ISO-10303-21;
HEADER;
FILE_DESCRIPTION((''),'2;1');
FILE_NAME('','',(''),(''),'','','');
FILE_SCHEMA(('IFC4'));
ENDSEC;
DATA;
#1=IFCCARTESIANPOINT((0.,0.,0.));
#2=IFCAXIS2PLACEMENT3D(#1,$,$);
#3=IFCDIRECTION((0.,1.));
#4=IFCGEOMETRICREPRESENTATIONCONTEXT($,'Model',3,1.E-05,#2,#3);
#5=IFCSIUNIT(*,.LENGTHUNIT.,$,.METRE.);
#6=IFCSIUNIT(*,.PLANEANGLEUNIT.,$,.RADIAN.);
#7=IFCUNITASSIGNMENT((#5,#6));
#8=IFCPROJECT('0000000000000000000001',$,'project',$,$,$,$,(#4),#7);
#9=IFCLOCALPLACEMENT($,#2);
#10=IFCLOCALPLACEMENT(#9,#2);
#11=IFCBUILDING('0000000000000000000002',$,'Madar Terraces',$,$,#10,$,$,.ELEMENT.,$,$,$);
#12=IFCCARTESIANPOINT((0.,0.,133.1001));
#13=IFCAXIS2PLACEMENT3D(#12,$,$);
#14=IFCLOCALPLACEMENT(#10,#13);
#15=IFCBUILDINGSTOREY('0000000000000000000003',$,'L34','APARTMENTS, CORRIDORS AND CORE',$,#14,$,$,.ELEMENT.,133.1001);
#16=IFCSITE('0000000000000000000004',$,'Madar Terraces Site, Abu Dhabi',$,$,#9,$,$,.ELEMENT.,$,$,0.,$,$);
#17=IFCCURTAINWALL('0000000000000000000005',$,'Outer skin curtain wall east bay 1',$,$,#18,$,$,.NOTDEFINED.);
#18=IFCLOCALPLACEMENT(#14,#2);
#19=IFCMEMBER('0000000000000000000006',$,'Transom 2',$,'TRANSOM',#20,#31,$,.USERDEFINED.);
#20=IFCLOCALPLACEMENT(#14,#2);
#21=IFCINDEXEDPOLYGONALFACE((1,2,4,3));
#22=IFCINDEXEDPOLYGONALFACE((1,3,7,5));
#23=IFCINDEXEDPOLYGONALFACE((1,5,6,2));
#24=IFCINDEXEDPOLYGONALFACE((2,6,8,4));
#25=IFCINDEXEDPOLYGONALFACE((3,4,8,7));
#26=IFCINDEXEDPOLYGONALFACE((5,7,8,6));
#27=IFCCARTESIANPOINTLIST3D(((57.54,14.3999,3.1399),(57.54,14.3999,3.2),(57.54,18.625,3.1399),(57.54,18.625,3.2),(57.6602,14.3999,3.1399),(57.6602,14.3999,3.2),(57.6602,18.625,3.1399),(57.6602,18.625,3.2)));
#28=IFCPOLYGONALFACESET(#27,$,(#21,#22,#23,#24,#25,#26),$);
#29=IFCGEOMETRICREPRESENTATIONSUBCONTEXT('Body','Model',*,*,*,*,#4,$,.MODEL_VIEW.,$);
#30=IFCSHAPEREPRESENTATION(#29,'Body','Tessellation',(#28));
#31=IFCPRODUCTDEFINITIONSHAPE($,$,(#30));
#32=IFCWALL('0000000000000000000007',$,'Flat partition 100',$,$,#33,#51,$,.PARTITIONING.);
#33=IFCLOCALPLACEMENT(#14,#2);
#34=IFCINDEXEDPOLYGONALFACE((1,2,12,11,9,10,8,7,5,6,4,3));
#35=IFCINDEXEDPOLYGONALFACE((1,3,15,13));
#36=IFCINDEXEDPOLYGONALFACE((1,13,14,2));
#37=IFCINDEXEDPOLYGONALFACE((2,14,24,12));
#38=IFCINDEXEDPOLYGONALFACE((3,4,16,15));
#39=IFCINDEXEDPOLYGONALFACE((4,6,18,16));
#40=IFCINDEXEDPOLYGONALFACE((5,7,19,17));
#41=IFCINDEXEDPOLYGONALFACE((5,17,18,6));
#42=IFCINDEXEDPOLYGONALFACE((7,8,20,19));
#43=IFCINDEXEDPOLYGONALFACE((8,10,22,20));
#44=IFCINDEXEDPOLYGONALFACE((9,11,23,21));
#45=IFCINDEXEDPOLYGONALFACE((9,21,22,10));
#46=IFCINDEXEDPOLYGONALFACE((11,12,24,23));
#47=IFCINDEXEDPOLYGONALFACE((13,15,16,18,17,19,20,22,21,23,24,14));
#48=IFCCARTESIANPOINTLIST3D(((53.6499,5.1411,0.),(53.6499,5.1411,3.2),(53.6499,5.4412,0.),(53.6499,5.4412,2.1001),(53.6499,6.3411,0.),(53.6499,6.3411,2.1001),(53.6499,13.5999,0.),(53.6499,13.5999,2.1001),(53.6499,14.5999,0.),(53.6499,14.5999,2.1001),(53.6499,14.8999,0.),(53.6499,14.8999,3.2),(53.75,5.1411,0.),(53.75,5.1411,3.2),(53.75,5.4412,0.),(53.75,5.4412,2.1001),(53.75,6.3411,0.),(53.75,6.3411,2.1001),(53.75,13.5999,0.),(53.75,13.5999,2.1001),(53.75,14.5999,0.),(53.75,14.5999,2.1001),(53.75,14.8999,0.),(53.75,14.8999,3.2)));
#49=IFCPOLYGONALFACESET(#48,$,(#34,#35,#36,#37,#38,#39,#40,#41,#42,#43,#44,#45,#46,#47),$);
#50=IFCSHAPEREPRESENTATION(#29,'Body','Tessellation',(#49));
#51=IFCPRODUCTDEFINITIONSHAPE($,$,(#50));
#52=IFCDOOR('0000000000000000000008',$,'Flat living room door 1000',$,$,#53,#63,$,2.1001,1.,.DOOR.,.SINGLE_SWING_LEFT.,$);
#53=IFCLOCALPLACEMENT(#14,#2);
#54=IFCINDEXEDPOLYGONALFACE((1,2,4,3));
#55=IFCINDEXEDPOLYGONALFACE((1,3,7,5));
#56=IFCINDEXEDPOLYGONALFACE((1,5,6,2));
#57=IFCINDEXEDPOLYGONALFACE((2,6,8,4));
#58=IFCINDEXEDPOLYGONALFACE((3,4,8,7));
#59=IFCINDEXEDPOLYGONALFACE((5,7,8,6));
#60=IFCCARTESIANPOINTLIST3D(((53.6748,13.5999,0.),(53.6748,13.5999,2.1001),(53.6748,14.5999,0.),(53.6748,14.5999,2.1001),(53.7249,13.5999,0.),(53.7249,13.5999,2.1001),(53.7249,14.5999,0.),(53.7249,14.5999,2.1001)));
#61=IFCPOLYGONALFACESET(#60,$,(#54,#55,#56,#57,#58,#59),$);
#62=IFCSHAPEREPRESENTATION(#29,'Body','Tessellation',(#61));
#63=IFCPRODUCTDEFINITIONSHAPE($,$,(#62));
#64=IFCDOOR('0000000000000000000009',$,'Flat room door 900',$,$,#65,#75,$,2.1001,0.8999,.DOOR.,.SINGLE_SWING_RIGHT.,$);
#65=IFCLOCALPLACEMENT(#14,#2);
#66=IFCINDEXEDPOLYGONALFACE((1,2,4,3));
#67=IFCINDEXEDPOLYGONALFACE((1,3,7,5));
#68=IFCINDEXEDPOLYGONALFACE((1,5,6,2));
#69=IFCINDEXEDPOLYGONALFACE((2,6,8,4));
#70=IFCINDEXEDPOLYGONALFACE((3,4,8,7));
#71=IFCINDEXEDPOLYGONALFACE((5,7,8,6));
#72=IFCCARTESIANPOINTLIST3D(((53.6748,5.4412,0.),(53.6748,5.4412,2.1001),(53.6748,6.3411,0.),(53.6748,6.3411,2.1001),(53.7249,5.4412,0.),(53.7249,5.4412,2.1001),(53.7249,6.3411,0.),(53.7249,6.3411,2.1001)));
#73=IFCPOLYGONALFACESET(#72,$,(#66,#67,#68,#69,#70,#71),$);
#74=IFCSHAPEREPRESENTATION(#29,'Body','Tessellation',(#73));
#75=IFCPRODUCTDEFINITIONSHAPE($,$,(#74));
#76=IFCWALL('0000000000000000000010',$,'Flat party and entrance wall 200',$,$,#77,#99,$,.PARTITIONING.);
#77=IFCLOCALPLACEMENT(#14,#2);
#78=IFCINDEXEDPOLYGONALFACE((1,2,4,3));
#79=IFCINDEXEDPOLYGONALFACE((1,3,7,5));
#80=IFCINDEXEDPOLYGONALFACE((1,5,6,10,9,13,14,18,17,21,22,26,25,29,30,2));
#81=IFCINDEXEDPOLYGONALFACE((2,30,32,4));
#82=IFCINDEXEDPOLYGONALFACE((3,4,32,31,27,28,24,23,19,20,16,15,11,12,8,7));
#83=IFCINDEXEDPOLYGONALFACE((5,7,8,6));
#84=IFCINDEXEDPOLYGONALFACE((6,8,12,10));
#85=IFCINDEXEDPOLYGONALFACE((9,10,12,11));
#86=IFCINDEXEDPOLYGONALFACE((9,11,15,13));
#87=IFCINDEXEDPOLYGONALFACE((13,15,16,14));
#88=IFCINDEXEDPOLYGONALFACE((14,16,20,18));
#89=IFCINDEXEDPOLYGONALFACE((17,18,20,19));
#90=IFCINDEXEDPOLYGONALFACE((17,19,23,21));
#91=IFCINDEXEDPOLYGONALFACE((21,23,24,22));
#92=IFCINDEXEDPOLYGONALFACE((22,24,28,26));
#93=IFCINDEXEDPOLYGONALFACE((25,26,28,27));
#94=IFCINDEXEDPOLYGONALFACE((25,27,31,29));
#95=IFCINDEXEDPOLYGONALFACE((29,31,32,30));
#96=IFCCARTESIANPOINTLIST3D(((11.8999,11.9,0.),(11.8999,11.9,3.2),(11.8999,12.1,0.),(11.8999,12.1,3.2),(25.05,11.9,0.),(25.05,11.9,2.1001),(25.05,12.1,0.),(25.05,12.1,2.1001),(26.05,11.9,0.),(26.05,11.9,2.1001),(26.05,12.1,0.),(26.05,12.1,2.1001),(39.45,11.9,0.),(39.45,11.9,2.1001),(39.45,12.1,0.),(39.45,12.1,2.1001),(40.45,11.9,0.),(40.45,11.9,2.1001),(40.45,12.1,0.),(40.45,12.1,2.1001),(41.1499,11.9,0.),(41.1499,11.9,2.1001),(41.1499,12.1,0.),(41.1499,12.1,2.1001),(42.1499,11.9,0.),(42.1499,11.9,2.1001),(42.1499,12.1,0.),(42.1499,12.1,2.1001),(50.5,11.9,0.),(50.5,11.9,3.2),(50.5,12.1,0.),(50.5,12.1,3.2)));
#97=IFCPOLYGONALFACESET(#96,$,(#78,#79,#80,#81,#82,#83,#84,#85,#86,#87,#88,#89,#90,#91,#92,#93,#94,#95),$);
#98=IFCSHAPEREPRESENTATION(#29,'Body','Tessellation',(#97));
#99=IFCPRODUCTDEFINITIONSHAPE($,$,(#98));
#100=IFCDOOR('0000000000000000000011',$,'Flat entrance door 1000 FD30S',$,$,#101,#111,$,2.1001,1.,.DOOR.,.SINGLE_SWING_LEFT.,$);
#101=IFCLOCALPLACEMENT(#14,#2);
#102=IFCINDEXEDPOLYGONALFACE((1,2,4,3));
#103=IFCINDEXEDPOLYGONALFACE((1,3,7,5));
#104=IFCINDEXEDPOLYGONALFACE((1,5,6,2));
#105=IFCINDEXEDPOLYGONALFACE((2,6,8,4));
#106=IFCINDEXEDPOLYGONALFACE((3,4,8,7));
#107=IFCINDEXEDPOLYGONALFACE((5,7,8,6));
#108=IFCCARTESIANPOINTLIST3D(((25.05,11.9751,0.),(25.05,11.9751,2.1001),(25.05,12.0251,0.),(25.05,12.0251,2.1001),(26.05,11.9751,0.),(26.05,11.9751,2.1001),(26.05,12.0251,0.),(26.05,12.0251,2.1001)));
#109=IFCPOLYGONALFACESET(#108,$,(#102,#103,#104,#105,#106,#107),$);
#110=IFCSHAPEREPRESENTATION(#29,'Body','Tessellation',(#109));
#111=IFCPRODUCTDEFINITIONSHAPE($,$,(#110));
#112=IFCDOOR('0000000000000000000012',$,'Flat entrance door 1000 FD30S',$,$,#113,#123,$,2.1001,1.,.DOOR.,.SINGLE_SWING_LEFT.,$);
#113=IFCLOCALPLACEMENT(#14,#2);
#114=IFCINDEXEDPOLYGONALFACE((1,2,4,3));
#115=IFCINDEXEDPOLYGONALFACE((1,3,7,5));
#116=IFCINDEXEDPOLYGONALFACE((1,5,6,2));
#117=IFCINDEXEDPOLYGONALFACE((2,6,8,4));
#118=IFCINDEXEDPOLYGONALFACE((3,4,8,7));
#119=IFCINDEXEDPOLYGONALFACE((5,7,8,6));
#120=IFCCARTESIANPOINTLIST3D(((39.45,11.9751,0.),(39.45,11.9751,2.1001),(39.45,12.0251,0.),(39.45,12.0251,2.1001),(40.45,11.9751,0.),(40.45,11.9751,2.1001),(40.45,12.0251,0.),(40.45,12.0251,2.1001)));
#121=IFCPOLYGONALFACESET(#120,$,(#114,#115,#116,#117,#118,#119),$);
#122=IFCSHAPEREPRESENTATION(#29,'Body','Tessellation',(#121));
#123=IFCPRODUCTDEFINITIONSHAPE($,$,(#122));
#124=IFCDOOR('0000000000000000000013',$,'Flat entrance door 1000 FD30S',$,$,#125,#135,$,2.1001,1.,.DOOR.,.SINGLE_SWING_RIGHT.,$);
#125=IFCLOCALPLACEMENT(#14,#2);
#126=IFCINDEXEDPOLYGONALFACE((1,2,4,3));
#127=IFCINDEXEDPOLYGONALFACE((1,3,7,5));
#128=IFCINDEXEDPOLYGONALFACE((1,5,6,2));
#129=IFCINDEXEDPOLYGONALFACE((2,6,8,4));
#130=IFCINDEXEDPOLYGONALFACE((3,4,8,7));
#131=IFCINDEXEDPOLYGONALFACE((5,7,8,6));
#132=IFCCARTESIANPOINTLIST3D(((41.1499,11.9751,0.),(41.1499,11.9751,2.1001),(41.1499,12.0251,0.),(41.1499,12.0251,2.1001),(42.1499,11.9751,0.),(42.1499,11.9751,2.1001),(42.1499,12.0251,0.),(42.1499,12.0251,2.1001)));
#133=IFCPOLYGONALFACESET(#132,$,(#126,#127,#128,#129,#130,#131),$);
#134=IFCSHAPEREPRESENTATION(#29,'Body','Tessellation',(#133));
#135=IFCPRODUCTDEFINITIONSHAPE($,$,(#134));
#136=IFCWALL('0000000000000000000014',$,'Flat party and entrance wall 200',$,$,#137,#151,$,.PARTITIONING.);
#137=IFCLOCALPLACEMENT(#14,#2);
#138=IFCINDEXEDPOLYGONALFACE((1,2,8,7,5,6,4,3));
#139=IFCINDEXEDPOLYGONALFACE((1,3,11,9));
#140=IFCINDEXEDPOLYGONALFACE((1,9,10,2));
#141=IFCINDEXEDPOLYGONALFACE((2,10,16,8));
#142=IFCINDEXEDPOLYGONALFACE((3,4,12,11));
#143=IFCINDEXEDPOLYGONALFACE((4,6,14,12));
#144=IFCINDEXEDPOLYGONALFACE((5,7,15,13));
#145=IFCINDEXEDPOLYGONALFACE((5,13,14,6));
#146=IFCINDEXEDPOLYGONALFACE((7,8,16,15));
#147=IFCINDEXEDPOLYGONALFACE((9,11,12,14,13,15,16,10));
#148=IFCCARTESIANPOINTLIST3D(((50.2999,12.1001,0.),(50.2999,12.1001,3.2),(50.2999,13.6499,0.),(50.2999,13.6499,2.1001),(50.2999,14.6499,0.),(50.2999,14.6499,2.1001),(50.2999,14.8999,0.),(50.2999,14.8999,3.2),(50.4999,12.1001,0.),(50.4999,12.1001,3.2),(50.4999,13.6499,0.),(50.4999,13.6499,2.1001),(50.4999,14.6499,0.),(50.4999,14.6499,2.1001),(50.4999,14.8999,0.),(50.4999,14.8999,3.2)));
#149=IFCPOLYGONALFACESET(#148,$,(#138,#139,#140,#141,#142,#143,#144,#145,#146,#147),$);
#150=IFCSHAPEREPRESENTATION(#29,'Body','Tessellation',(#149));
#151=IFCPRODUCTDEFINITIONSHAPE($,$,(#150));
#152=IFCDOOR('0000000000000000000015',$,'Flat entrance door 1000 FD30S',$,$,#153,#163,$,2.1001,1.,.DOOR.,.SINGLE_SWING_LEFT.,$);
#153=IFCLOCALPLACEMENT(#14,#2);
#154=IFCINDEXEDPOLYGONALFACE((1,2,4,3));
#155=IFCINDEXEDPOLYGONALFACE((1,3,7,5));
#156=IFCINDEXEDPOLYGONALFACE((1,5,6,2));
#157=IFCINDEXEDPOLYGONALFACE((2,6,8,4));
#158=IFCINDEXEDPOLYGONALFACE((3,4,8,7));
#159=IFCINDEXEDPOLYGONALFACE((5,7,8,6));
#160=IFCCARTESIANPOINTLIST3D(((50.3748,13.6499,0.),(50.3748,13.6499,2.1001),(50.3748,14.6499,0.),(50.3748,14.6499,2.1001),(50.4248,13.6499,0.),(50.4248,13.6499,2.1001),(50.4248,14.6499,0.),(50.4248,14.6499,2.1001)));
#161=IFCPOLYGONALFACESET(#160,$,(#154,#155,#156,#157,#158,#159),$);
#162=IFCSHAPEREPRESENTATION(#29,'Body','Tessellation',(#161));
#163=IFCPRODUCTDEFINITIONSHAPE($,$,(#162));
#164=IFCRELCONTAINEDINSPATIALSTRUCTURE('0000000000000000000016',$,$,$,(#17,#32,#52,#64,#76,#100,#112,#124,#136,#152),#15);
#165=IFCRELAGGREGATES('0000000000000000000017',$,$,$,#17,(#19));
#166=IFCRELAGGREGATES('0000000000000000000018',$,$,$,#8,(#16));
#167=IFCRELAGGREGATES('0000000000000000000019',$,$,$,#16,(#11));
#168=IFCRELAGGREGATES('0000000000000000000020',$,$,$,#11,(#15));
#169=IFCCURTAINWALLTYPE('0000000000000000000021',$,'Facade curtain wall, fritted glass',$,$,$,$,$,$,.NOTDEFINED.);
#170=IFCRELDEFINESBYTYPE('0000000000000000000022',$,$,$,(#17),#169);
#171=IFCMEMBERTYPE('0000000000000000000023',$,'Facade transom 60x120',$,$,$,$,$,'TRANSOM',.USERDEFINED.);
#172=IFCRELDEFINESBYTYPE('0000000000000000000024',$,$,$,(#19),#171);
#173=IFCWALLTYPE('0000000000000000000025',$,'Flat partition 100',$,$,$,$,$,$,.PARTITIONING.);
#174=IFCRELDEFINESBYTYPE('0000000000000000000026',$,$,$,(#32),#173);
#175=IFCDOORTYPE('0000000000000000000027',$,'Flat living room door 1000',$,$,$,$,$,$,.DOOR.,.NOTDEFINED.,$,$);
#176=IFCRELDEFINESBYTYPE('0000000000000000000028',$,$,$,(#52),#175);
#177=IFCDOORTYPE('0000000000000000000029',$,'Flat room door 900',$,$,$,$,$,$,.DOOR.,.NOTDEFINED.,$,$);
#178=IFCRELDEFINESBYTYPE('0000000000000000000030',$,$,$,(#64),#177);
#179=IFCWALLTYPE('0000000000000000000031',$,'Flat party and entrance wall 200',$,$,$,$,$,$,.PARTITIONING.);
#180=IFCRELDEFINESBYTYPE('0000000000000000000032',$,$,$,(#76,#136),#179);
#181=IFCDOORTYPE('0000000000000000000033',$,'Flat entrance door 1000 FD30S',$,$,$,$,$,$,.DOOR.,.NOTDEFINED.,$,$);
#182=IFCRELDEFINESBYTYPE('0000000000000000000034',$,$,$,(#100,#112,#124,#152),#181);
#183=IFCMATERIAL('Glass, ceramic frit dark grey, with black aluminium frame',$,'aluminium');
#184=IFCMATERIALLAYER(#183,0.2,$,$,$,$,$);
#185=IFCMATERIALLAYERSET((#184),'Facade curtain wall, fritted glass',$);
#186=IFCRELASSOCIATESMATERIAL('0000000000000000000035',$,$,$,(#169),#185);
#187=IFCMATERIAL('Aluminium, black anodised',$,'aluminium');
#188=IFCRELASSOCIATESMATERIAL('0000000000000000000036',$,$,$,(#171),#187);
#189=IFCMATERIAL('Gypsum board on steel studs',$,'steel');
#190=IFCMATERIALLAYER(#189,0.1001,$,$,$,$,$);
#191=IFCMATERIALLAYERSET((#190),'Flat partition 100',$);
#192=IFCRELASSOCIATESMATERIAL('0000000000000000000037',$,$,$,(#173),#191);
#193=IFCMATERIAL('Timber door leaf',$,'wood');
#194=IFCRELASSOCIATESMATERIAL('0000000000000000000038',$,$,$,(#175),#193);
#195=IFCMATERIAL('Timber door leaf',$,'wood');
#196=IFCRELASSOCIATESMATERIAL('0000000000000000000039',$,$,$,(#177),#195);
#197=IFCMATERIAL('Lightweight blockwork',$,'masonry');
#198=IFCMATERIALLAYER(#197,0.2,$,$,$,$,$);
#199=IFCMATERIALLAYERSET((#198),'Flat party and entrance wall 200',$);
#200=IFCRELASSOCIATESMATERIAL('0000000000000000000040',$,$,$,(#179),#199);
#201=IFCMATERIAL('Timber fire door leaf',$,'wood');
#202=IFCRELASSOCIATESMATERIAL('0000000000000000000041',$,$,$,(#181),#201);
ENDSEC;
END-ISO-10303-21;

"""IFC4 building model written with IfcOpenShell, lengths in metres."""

from ifc_helpers import new_model, si_unit, direction, frame, frame_2d, origin, origin_2d, place, context, subcontext, project, spatial, rectangle, extrude, material, layer, layer_set, material_profile, profile_set, type_object, element, fill, aggregate, save


model = new_model("IFC4")

# Units and contexts
model_context = context("Model", 3, precision=1e-05, world=origin(), true_north=direction((0.0, 1.0)))
body_context = subcontext(model_context, "Body", "Model", "MODEL_VIEW")
ifc_project = project(units=[si_unit("LENGTHUNIT", "METRE"), si_unit("PLANEANGLEUNIT", "RADIAN")], contexts=[model_context])

# Site, building, storey
site_placement = place(None, origin())
site = spatial("IfcSite", under=ifc_project, at=site_placement, Name="Madar Terraces Site, Abu Dhabi", CompositionType="ELEMENT", RefElevation=0.0)
building_placement = place(site_placement, origin())
building = spatial("IfcBuilding", under=site, at=building_placement, Name="Madar Terraces", CompositionType="ELEMENT")
storey_placement = place(building_placement, frame((0.0, 0.0, 133.1001)))
storey = spatial("IfcBuildingStorey", under=building, at=storey_placement, Name="L34", Description="APARTMENTS, CORRIDORS AND CORE", CompositionType="ELEMENT", Elevation=133.1001)

# Curtain wall, member
ifc_material_1 = material(Name="Glass, ceramic frit dark grey, with black aluminium frame", Category="aluminium")
ifc_layer_1 = layer(ifc_material_1, 0.2)
ifc_layer_set_1 = layer_set([ifc_layer_1], Name="Facade curtain wall, fritted glass")
curtain_wall_type = type_object("IfcCurtainWallType", Name="Facade curtain wall, fritted glass", PredefinedType="NOTDEFINED", material=ifc_layer_set_1)
curtain_wall_placement = place(storey_placement, origin())
curtain_wall = element("IfcCurtainWall", 1, at=curtain_wall_placement, inside=storey, type_object=curtain_wall_type, Name="Outer skin curtain wall east bay 1", PredefinedType="NOTDEFINED")
ifc_material_2 = material(Name="Aluminium, black anodised", Category="aluminium")
ifc_material_profile = material_profile(ifc_material_2, rectangle(XDim=0.1201, YDim=0.0601, at=origin_2d()), Name="Facade transom 60x120")
ifc_profile_set = profile_set([ifc_material_profile], Name="Aluminium, black anodised")
member_type = type_object("IfcMemberType", Name="Facade transom 60x120", ElementType="TRANSOM", PredefinedType="USERDEFINED", material=ifc_profile_set)
member_placement = place(storey_placement, frame((57.6001, 14.3999, 3.1699), z_axis=(0.0, 1.0, 0.0), x_axis=(-1.0, 0.0, 0.0)))
member = element("IfcMember", 2, at=member_placement, type_object=member_type, Name="Transom 2", ObjectType="TRANSOM", PredefinedType="USERDEFINED", context=body_context, shape_type="SweptSolid", body=[
    extrude(rectangle(XDim=0.1201, YDim=0.0601, at=origin_2d()), origin(), (0.0, 0.0, 1.0), 4.2251),
])
aggregate(curtain_wall, [member])

# Walls, openings, doors
ifc_material_3 = material(Name="Gypsum board on steel studs", Category="steel")
ifc_layer_2 = layer(ifc_material_3, 0.1001)
ifc_layer_set_2 = layer_set([ifc_layer_2], Name="Flat partition 100")
wall_type_1 = type_object("IfcWallType", Name="Flat partition 100", PredefinedType="PARTITIONING", material=ifc_layer_set_2)
wall_1_placement = place(storey_placement, frame((53.7, 14.8999, 0.0), z_axis=(0.0, 0.0, 1.0), x_axis=(0.0, -1.0, 0.0)))
wall_1 = element("IfcWall", 3, at=wall_1_placement, inside=storey, type_object=wall_type_1, Name="Flat partition 100", PredefinedType="PARTITIONING", context=body_context, shape_type="SweptSolid", body=[
    extrude(rectangle(XDim=9.7588, YDim=0.1001, at=frame_2d((4.8794, 0.0))), origin(), (0.0, 0.0, 1.0), 3.2),
])
opening_1_placement = place(wall_1_placement, frame((0.3, 0.0, 0.0)))
opening_1 = element("IfcOpeningElement", 4, at=opening_1_placement, cuts=wall_1, PredefinedType="OPENING", context=body_context, shape_type="SweptSolid", body=[
    extrude(rectangle(XDim=1.0, YDim=2.1001, at=frame_2d((0.5, 1.05))), frame((0.0, 0.0601, 0.0), z_axis=(0.0, -1.0, 0.0), x_axis=(1.0, 0.0, 0.0)), (0.0, 0.0, 1.0), 0.1201),
])
opening_2_placement = place(wall_1_placement, frame((8.5588, 0.0, 0.0)))
opening_2 = element("IfcOpeningElement", 5, at=opening_2_placement, cuts=wall_1, PredefinedType="OPENING", context=body_context, shape_type="SweptSolid", body=[
    extrude(rectangle(XDim=0.8999, YDim=2.1001, at=frame_2d((0.45, 1.05))), frame((0.0, 0.0601, 0.0), z_axis=(0.0, -1.0, 0.0), x_axis=(1.0, 0.0, 0.0)), (0.0, 0.0, 1.0), 0.1201),
])
ifc_material_4 = material(Name="Timber door leaf", Category="wood")
door_type_1 = type_object("IfcDoorType", Name="Flat living room door 1000", OperationType="NOTDEFINED", PredefinedType="DOOR", material=ifc_material_4)
door_1_placement = place(opening_1_placement, origin())
door_1 = element("IfcDoor", 6, at=door_1_placement, inside=storey, type_object=door_type_1, Name="Flat living room door 1000", OperationType="SINGLE_SWING_LEFT", OverallHeight=2.1001, OverallWidth=1.0, PredefinedType="DOOR", context=body_context, shape_type="SweptSolid", body=[
    extrude(rectangle(XDim=1.0, YDim=2.1001, at=frame_2d((0.5, 1.05))), frame((0.0, 0.0249, 0.0), z_axis=(0.0, -1.0, 0.0), x_axis=(1.0, 0.0, 0.0)), (0.0, 0.0, 1.0), 0.05),
])
fill(opening_1, door_1)
ifc_material_5 = material(Name="Timber door leaf", Category="wood")
door_type_2 = type_object("IfcDoorType", Name="Flat room door 900", OperationType="NOTDEFINED", PredefinedType="DOOR", material=ifc_material_5)
door_2_placement = place(opening_2_placement, origin())
door_2 = element("IfcDoor", 7, at=door_2_placement, inside=storey, type_object=door_type_2, Name="Flat room door 900", OperationType="SINGLE_SWING_RIGHT", OverallHeight=2.1001, OverallWidth=0.8999, PredefinedType="DOOR", context=body_context, shape_type="SweptSolid", body=[
    extrude(rectangle(XDim=0.8999, YDim=2.1001, at=frame_2d((0.45, 1.05))), frame((0.0, 0.0249, 0.0), z_axis=(0.0, -1.0, 0.0), x_axis=(1.0, 0.0, 0.0)), (0.0, 0.0, 1.0), 0.05),
])
fill(opening_2, door_2)
ifc_material_6 = material(Name="Lightweight blockwork", Category="masonry")
ifc_layer_3 = layer(ifc_material_6, 0.2)
ifc_layer_set_3 = layer_set([ifc_layer_3], Name="Flat party and entrance wall 200")
wall_type_2 = type_object("IfcWallType", Name="Flat party and entrance wall 200", PredefinedType="PARTITIONING", material=ifc_layer_set_3)
wall_2_placement = place(storey_placement, frame((50.5, 12.0, 0.0), z_axis=(0.0, 0.0, 1.0), x_axis=(-1.0, 0.0, 0.0)))
wall_2 = element("IfcWall", 8, at=wall_2_placement, inside=storey, type_object=wall_type_2, Name="Flat party and entrance wall 200", PredefinedType="PARTITIONING", context=body_context, shape_type="SweptSolid", body=[
    extrude(rectangle(XDim=38.6001, YDim=0.2, at=frame_2d((19.3, 0.0))), origin(), (0.0, 0.0, 1.0), 3.2),
])
opening_3_placement = place(wall_2_placement, frame((24.45, 0.0, 0.0)))
opening_3 = element("IfcOpeningElement", 9, at=opening_3_placement, cuts=wall_2, PredefinedType="OPENING", context=body_context, shape_type="SweptSolid", body=[
    extrude(rectangle(XDim=1.0, YDim=2.1001, at=frame_2d((0.5, 1.05))), frame((0.0, 0.1099, 0.0), z_axis=(0.0, -1.0, 0.0), x_axis=(1.0, 0.0, 0.0)), (0.0, 0.0, 1.0), 0.22),
])
opening_4_placement = place(wall_2_placement, frame((10.05, 0.0, 0.0)))
opening_4 = element("IfcOpeningElement", 10, at=opening_4_placement, cuts=wall_2, PredefinedType="OPENING", context=body_context, shape_type="SweptSolid", body=[
    extrude(rectangle(XDim=1.0, YDim=2.1001, at=frame_2d((0.5, 1.05))), frame((0.0, 0.1099, 0.0), z_axis=(0.0, -1.0, 0.0), x_axis=(1.0, 0.0, 0.0)), (0.0, 0.0, 1.0), 0.22),
])
opening_5_placement = place(wall_2_placement, frame((8.3501, 0.0, 0.0)))
opening_5 = element("IfcOpeningElement", 11, at=opening_5_placement, cuts=wall_2, PredefinedType="OPENING", context=body_context, shape_type="SweptSolid", body=[
    extrude(rectangle(XDim=1.0, YDim=2.1001, at=frame_2d((0.5, 1.05))), frame((0.0, 0.1099, 0.0), z_axis=(0.0, -1.0, 0.0), x_axis=(1.0, 0.0, 0.0)), (0.0, 0.0, 1.0), 0.22),
])
ifc_material_7 = material(Name="Timber fire door leaf", Category="wood")
door_type_3 = type_object("IfcDoorType", Name="Flat entrance door 1000 FD30S", OperationType="NOTDEFINED", PredefinedType="DOOR", material=ifc_material_7)
door_3_placement = place(opening_3_placement, origin())
door_3 = element("IfcDoor", 12, at=door_3_placement, inside=storey, type_object=door_type_3, Name="Flat entrance door 1000 FD30S", OperationType="SINGLE_SWING_LEFT", OverallHeight=2.1001, OverallWidth=1.0, PredefinedType="DOOR", context=body_context, shape_type="SweptSolid", body=[
    extrude(rectangle(XDim=1.0, YDim=2.1001, at=frame_2d((0.5, 1.05))), frame((0.0, 0.0249, 0.0), z_axis=(0.0, -1.0, 0.0), x_axis=(1.0, 0.0, 0.0)), (0.0, 0.0, 1.0), 0.05),
])
fill(opening_3, door_3)
door_4_placement = place(opening_4_placement, origin())
door_4 = element("IfcDoor", 13, at=door_4_placement, inside=storey, type_object=door_type_3, Name="Flat entrance door 1000 FD30S", OperationType="SINGLE_SWING_LEFT", OverallHeight=2.1001, OverallWidth=1.0, PredefinedType="DOOR", context=body_context, shape_type="SweptSolid", body=[
    extrude(rectangle(XDim=1.0, YDim=2.1001, at=frame_2d((0.5, 1.05))), frame((0.0, 0.0249, 0.0), z_axis=(0.0, -1.0, 0.0), x_axis=(1.0, 0.0, 0.0)), (0.0, 0.0, 1.0), 0.05),
])
fill(opening_4, door_4)
door_5_placement = place(opening_5_placement, origin())
door_5 = element("IfcDoor", 14, at=door_5_placement, inside=storey, type_object=door_type_3, Name="Flat entrance door 1000 FD30S", OperationType="SINGLE_SWING_RIGHT", OverallHeight=2.1001, OverallWidth=1.0, PredefinedType="DOOR", context=body_context, shape_type="SweptSolid", body=[
    extrude(rectangle(XDim=1.0, YDim=2.1001, at=frame_2d((0.5, 1.05))), frame((0.0, 0.0249, 0.0), z_axis=(0.0, -1.0, 0.0), x_axis=(1.0, 0.0, 0.0)), (0.0, 0.0, 1.0), 0.05),
])
fill(opening_5, door_5)

# Wall, opening, door
wall_3_placement = place(storey_placement, frame((50.3999, 14.8999, 0.0), z_axis=(0.0, 0.0, 1.0), x_axis=(0.0, -1.0, 0.0)))
wall_3 = element("IfcWall", 15, at=wall_3_placement, inside=storey, type_object=wall_type_2, Name="Flat party and entrance wall 200", PredefinedType="PARTITIONING", context=body_context, shape_type="SweptSolid", body=[
    extrude(rectangle(XDim=2.7998, YDim=0.2, at=frame_2d((1.3999, 0.0))), origin(), (0.0, 0.0, 1.0), 3.2),
])
opening_6_placement = place(wall_3_placement, frame((0.25, 0.0, 0.0)))
opening_6 = element("IfcOpeningElement", 16, at=opening_6_placement, cuts=wall_3, PredefinedType="OPENING", context=body_context, shape_type="SweptSolid", body=[
    extrude(rectangle(XDim=1.0, YDim=2.1001, at=frame_2d((0.5, 1.05))), frame((0.0, 0.1099, 0.0), z_axis=(0.0, -1.0, 0.0), x_axis=(1.0, 0.0, 0.0)), (0.0, 0.0, 1.0), 0.22),
])
door_6_placement = place(opening_6_placement, origin())
door_6 = element("IfcDoor", 17, at=door_6_placement, inside=storey, type_object=door_type_3, Name="Flat entrance door 1000 FD30S", OperationType="SINGLE_SWING_LEFT", OverallHeight=2.1001, OverallWidth=1.0, PredefinedType="DOOR", context=body_context, shape_type="SweptSolid", body=[
    extrude(rectangle(XDim=1.0, YDim=2.1001, at=frame_2d((0.5, 1.05))), frame((0.0, 0.0249, 0.0), z_axis=(0.0, -1.0, 0.0), x_axis=(1.0, 0.0, 0.0)), (0.0, 0.0, 1.0), 0.05),
])
fill(opening_6, door_6)

save(model, "model.ifc")
